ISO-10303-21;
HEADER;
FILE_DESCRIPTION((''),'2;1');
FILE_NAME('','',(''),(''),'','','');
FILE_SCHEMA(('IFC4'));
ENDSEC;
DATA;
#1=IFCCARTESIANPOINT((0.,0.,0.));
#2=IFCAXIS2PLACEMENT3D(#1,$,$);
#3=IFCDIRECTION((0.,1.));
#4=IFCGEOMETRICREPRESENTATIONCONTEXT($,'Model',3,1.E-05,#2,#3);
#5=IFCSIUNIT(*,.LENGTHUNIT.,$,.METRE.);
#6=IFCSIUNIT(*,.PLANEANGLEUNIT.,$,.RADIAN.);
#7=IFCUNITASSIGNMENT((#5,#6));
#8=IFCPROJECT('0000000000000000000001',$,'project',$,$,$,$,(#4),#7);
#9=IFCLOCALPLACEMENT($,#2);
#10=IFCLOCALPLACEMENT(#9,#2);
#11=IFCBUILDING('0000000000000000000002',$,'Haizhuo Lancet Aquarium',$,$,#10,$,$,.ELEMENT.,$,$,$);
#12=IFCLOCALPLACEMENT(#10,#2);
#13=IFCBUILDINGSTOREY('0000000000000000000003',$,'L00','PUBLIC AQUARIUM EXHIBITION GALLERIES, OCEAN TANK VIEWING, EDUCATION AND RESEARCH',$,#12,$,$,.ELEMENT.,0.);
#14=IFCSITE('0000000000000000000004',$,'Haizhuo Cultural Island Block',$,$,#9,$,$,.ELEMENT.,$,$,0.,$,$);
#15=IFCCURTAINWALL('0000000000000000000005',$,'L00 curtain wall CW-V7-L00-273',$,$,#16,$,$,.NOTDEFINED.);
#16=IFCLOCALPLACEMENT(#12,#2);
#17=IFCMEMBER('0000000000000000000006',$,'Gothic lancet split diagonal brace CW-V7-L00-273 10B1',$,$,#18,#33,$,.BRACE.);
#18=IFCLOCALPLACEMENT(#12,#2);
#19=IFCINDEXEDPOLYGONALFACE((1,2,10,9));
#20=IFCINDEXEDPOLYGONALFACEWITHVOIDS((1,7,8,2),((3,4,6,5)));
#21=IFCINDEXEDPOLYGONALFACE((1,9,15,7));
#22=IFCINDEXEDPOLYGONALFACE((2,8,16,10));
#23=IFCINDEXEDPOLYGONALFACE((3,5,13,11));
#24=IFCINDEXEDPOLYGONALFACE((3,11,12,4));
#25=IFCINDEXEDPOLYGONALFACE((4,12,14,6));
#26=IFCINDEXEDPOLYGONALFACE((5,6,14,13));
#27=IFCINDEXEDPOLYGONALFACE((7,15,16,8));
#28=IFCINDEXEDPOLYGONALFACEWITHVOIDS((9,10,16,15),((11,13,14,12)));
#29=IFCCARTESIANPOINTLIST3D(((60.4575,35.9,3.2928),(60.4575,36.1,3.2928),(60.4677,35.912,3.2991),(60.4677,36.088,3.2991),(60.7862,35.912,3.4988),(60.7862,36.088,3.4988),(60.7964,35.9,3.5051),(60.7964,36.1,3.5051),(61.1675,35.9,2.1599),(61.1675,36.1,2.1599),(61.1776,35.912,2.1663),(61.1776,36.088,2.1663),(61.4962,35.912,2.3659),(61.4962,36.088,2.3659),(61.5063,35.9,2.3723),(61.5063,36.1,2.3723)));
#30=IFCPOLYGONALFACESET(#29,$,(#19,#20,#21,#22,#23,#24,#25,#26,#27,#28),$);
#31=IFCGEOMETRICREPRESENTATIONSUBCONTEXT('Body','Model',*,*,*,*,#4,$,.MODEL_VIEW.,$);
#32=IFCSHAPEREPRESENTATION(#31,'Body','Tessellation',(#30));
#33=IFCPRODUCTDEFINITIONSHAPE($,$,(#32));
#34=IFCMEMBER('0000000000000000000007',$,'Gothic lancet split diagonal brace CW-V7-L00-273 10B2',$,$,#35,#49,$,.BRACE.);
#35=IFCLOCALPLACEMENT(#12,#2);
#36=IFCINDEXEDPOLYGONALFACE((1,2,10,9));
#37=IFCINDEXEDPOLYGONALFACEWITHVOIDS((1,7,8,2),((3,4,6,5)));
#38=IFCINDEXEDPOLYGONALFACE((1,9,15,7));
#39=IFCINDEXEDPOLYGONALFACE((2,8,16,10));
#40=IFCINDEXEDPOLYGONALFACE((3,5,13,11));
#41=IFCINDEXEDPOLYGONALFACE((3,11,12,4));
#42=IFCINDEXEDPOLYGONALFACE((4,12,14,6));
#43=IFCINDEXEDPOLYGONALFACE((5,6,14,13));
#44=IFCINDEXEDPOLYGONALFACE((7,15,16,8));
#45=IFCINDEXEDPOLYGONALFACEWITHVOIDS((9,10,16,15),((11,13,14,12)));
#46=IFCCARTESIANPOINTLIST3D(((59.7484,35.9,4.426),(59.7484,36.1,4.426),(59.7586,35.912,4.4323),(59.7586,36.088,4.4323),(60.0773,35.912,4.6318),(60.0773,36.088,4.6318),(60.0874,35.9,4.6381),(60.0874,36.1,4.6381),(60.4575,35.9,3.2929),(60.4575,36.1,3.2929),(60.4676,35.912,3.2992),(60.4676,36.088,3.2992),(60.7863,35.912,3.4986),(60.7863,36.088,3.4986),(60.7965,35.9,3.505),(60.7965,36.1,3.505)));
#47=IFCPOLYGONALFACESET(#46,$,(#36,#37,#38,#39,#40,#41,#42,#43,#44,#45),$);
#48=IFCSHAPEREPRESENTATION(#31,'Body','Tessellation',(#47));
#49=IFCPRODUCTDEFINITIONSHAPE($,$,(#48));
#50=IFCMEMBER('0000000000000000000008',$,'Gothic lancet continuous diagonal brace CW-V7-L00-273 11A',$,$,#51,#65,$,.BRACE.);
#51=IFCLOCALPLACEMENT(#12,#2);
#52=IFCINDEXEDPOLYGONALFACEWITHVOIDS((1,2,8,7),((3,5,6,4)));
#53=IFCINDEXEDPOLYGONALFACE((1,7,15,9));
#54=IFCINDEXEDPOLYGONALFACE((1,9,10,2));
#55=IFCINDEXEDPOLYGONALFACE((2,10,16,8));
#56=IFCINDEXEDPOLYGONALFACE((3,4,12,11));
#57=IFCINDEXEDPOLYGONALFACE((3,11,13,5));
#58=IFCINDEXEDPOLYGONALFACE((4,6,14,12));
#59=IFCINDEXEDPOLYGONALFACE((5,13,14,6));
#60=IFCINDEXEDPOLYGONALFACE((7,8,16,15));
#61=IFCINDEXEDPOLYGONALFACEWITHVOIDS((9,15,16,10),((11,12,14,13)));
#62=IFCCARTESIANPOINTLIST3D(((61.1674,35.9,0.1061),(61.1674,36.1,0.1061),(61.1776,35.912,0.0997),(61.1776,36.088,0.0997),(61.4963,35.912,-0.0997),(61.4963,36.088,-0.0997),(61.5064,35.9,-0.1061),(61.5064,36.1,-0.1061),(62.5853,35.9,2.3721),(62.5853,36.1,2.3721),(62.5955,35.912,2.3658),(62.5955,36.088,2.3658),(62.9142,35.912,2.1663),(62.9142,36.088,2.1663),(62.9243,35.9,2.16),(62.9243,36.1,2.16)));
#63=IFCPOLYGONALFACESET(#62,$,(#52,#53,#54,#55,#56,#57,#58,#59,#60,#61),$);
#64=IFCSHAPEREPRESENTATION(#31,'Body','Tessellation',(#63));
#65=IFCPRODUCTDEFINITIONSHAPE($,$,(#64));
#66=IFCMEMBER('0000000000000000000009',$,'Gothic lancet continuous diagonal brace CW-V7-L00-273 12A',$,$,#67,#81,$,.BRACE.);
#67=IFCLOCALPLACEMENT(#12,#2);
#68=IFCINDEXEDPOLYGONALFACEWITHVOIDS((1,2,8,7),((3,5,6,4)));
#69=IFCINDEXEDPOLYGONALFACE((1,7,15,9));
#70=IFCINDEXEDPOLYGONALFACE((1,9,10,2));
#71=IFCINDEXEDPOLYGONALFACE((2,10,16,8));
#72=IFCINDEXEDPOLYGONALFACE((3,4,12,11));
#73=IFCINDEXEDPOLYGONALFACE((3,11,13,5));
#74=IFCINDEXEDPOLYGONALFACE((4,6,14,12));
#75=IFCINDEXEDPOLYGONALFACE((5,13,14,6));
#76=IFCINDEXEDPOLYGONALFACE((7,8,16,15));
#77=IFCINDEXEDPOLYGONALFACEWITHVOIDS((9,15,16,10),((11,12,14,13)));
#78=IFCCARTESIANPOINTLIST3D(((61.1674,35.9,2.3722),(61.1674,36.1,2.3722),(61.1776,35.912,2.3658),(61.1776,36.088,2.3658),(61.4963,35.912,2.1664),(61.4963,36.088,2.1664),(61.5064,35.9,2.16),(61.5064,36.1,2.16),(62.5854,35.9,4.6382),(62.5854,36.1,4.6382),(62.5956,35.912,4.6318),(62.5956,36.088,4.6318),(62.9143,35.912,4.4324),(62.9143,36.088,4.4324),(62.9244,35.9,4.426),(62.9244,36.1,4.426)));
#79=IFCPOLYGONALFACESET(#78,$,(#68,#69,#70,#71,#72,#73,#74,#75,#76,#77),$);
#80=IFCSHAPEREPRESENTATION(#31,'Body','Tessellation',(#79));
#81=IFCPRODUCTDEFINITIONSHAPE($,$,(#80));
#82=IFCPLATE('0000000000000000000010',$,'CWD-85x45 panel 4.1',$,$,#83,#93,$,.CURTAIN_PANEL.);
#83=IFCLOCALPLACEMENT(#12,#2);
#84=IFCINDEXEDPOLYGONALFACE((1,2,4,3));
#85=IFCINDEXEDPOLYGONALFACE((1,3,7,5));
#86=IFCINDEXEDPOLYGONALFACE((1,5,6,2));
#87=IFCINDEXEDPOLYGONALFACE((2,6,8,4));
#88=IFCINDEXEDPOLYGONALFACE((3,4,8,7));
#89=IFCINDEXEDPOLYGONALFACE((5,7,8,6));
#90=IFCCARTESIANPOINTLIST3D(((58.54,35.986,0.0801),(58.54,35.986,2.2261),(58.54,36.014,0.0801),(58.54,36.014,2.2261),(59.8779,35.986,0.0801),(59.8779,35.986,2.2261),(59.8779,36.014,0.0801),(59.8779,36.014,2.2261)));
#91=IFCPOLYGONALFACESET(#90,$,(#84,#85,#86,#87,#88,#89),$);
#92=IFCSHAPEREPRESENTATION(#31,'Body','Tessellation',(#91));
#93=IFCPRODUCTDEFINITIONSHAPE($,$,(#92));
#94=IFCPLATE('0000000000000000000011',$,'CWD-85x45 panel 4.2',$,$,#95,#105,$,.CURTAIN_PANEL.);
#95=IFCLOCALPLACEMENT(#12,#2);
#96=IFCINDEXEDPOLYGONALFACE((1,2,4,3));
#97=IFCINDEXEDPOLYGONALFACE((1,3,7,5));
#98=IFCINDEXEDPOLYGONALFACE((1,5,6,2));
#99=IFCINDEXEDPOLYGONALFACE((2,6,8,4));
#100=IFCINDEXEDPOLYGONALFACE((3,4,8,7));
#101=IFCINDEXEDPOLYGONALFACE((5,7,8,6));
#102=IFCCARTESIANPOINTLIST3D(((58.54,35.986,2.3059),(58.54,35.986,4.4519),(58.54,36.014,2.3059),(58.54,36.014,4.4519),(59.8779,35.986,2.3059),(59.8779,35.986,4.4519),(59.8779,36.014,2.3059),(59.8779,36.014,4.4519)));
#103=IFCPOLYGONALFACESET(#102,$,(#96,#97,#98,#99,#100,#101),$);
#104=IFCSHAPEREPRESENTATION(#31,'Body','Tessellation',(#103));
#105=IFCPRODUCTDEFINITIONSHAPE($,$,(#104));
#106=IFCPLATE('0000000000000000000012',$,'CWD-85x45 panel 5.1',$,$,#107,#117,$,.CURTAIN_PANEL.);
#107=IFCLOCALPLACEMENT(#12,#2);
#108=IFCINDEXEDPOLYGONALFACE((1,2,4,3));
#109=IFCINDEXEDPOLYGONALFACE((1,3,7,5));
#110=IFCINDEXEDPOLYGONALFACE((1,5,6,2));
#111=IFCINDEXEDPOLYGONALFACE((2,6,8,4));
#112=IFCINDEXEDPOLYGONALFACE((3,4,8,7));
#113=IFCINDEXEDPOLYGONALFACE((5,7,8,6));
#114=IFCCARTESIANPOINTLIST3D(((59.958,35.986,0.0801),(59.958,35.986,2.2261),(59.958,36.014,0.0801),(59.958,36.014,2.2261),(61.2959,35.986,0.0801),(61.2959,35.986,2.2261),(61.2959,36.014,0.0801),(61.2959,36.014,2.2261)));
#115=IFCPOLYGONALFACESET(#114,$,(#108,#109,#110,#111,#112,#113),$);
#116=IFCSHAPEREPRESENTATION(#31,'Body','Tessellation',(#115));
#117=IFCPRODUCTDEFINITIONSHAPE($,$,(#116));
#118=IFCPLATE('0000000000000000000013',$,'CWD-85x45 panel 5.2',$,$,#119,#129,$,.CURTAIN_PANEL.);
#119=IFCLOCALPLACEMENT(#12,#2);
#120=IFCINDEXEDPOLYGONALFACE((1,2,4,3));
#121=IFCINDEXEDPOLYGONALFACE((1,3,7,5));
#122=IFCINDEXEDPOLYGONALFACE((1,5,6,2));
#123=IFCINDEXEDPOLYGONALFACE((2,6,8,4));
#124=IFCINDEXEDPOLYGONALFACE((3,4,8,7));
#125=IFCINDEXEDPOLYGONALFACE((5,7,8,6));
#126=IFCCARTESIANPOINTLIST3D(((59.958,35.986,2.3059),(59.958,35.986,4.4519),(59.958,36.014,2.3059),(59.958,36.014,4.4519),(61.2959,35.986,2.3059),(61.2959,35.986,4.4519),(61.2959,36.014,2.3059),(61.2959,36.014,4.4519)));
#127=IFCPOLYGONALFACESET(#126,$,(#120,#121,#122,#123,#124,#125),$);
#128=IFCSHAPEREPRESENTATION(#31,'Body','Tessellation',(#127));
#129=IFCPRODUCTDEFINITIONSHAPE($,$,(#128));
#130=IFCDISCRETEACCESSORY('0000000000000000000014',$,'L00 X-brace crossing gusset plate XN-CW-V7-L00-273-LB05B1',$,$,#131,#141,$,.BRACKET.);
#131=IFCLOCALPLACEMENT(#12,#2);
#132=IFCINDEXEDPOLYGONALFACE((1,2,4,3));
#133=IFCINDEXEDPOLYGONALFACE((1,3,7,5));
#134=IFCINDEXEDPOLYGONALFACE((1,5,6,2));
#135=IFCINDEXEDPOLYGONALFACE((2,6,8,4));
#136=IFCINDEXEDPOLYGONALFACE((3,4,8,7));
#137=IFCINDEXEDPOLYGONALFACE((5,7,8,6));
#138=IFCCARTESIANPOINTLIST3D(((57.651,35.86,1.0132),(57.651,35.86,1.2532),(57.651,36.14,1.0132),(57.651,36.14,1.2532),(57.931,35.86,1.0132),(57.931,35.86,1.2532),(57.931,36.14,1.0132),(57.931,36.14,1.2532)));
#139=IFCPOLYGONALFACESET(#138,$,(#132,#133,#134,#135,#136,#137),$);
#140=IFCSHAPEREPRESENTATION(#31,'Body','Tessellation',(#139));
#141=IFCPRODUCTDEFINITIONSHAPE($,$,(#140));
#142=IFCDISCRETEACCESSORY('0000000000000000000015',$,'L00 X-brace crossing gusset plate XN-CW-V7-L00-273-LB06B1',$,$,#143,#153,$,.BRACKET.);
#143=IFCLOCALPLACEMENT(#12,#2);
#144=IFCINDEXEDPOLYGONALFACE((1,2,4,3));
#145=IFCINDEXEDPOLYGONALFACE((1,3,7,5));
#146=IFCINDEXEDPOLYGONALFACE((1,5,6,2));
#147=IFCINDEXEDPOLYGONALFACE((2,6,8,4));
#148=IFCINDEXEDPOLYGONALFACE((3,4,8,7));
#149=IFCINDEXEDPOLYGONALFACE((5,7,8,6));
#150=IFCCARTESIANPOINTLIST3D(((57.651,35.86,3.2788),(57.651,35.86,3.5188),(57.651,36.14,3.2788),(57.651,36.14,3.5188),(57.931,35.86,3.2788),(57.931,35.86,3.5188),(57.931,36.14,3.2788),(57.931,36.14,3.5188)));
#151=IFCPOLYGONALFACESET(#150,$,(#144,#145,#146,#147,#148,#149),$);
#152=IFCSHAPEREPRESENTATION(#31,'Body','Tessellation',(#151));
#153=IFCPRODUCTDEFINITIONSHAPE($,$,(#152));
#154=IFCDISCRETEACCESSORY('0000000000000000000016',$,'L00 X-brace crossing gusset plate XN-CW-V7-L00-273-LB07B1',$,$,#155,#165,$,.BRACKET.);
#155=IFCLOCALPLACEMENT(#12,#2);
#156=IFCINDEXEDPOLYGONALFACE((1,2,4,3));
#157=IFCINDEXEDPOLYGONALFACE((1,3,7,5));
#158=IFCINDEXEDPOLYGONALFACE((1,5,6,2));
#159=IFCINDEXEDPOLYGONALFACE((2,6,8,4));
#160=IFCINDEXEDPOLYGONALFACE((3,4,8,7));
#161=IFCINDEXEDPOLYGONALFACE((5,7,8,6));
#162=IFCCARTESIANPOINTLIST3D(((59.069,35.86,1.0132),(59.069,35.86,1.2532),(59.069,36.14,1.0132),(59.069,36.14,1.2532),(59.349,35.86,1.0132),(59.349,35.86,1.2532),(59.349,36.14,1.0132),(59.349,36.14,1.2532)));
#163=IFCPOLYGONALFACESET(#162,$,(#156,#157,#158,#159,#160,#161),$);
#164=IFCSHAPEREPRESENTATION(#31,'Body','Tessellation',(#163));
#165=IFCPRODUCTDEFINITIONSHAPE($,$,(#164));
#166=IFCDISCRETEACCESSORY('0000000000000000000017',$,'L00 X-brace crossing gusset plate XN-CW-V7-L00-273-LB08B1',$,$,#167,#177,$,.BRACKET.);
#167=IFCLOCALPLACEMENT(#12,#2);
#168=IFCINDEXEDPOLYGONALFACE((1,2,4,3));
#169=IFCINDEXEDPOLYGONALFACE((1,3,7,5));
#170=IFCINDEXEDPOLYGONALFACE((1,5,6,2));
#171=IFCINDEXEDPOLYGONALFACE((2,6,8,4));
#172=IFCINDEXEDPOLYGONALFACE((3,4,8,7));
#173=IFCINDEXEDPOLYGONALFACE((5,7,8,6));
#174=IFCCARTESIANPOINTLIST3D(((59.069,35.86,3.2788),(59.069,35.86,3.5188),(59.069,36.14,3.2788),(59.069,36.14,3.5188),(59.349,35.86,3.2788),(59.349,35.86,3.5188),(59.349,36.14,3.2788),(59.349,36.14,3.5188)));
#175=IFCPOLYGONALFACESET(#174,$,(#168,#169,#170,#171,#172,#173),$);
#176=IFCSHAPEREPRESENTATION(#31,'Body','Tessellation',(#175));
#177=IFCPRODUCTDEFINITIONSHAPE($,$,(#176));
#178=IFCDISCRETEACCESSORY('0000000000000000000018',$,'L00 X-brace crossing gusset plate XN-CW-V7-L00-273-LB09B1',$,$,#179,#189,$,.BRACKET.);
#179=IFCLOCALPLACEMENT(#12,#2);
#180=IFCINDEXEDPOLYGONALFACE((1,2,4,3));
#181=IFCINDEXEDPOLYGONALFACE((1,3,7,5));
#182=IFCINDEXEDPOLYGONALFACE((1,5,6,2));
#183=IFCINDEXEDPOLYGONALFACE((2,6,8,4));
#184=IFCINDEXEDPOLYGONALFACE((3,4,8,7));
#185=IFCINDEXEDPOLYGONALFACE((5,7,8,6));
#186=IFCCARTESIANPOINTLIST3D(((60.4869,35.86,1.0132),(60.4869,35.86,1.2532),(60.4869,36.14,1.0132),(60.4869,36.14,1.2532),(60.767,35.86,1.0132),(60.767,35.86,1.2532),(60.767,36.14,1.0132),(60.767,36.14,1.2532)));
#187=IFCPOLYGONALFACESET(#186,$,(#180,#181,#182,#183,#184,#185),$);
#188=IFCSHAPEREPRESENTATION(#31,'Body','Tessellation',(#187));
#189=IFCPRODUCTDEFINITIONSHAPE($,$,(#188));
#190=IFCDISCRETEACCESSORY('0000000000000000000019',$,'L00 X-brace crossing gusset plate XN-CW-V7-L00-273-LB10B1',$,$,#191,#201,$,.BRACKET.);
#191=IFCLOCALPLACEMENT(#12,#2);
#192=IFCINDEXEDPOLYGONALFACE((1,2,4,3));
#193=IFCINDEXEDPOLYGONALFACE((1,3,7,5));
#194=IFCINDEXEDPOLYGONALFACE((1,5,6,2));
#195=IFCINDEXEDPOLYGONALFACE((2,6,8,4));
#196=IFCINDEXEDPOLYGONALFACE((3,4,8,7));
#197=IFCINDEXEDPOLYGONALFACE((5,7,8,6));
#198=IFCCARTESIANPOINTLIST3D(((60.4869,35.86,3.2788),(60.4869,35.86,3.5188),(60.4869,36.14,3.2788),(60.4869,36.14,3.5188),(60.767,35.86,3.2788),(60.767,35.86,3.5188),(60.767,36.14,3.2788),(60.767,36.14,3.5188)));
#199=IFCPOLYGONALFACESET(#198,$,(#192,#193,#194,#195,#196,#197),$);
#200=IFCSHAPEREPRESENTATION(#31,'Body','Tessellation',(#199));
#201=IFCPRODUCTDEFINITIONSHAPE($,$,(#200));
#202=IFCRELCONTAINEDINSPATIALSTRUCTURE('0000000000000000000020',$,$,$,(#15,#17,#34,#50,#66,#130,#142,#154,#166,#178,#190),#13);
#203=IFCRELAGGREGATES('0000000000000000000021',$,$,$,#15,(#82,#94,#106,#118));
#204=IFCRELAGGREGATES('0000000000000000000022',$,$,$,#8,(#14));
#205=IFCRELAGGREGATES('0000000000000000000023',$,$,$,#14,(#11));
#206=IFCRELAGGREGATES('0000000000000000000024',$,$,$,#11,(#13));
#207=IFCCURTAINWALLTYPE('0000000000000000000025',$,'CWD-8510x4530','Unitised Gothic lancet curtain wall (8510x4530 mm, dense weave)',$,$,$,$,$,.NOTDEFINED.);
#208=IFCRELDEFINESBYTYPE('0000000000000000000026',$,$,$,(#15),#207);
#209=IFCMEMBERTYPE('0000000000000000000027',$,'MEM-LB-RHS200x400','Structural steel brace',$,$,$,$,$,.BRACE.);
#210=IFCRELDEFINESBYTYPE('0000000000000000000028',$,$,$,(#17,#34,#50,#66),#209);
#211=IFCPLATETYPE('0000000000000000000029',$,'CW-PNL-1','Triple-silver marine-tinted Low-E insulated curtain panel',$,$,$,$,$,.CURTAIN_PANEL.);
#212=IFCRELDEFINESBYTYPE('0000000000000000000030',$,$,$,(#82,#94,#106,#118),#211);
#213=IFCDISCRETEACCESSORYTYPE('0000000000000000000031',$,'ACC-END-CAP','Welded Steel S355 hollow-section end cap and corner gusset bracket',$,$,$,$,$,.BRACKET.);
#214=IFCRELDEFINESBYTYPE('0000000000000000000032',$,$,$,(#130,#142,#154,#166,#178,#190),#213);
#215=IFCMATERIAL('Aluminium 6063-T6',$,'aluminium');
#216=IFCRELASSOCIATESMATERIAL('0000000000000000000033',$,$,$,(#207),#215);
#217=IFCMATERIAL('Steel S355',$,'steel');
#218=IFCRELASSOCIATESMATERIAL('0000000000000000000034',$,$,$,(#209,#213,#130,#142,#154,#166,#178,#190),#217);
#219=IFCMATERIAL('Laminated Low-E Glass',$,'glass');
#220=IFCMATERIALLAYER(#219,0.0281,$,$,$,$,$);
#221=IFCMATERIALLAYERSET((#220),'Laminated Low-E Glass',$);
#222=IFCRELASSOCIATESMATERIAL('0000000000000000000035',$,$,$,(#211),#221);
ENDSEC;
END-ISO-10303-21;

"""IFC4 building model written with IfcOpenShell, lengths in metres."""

from ifc_helpers import new_model, si_unit, direction, frame, origin, origin_2d, place, context, subcontext, project, spatial, rectangle, hollow_rectangle, extrude, material, layer, layer_set, material_profile, profile_set, type_object, element, aggregate, save


model = new_model("IFC4")

# Units and contexts
model_context = context("Model", 3, precision=1e-05, world=origin(), true_north=direction((0.0, 1.0)))
body_context = subcontext(model_context, "Body", "Model", "MODEL_VIEW")
ifc_project = project(units=[si_unit("LENGTHUNIT", "METRE"), si_unit("PLANEANGLEUNIT", "RADIAN")], contexts=[model_context])

# Site, building, storey
site_placement = place(None, origin())
site = spatial("IfcSite", under=ifc_project, at=site_placement, Name="Haizhuo Cultural Island Block", CompositionType="ELEMENT", RefElevation=0.0)
building_placement = place(site_placement, origin())
building = spatial("IfcBuilding", under=site, at=building_placement, Name="Haizhuo Lancet Aquarium", CompositionType="ELEMENT")
storey_placement = place(building_placement, origin())
storey = spatial("IfcBuildingStorey", under=building, at=storey_placement, Name="L00", Description="PUBLIC AQUARIUM EXHIBITION GALLERIES, OCEAN TANK VIEWING, EDUCATION AND RESEARCH", CompositionType="ELEMENT", Elevation=0.0)

# Curtain wall
ifc_material_1 = material(Name="Aluminium 6063-T6", Category="aluminium")
curtain_wall_type = type_object("IfcCurtainWallType", Name="CWD-8510x4530", Description="Unitised Gothic lancet curtain wall (8510x4530 mm, dense weave)", PredefinedType="NOTDEFINED", material=ifc_material_1)
curtain_wall_placement = place(storey_placement, origin())
curtain_wall = element("IfcCurtainWall", 1, at=curtain_wall_placement, inside=storey, type_object=curtain_wall_type, Name="L00 curtain wall CW-V7-L00-273", PredefinedType="NOTDEFINED")

# Members
ifc_material_2 = material(Name="Steel S355", Category="steel")
ifc_material_profile_1 = material_profile(ifc_material_2, hollow_rectangle(XDim=0.2, YDim=0.3999, WallThickness=0.012, at=origin_2d()), Name="RHS 200x400x12")
ifc_profile_set_1 = profile_set([ifc_material_profile_1], Name="Steel S355")
member_type_1 = type_object("IfcMemberType", Name="MEM-LB-RHS200x400", Description="Structural steel brace", PredefinedType="BRACE", material=ifc_profile_set_1)
member_1_placement = place(storey_placement, frame((61.3369, 36.0, 2.2661), z_axis=(-0.531049, 0.0, 0.847341), x_axis=(0.0, -1.0, 0.0)))
element("IfcMember", 2, at=member_1_placement, inside=storey, type_object=member_type_1, Name="Gothic lancet split diagonal brace CW-V7-L00-273 10B1", PredefinedType="BRACE", context=body_context, shape_type="SweptSolid", body=[
    extrude(hollow_rectangle(XDim=0.2, YDim=0.3999, WallThickness=0.012, at=origin_2d()), origin(), (0.0, 0.0, 1.0), 1.3369),
])
member_2_placement = place(storey_placement, frame((60.627, 36.0, 3.3989), z_axis=(-0.530442, 0.0, 0.847721), x_axis=(0.0, -1.0, 0.0)))
element("IfcMember", 3, at=member_2_placement, inside=storey, type_object=member_type_1, Name="Gothic lancet split diagonal brace CW-V7-L00-273 10B2", PredefinedType="BRACE", context=body_context, shape_type="SweptSolid", body=[
    extrude(hollow_rectangle(XDim=0.2, YDim=0.3999, WallThickness=0.012, at=origin_2d()), origin(), (0.0, 0.0, 1.0), 1.3367),
])
for number, where, z_axis, x_axis, name in (
    (4, (61.3369, 36.0, 0.0), (0.530442, 0.0, 0.847721), (0.0, 1.0, 0.0), "Gothic lancet continuous diagonal brace CW-V7-L00-273 11A"),
    (5, (61.3369, 36.0, 2.2661), (0.530483, 0.0, 0.847695), (0.0, 1.0, 0.0), "Gothic lancet continuous diagonal brace CW-V7-L00-273 12A"),
):
    element("IfcMember", number, at=place(storey_placement, frame(where, z_axis=z_axis, x_axis=x_axis)), inside=storey, type_object=member_type_1, Name=name, PredefinedType="BRACE", context=body_context, shape_type="SweptSolid", body=[
        extrude(hollow_rectangle(XDim=0.2, YDim=0.3999, WallThickness=0.012, at=origin_2d()), origin(), (0.0, 0.0, 1.0), 2.6731),
    ])

# Plates
ifc_material_3 = material(Name="Laminated Low-E Glass", Category="glass")
ifc_layer = layer(ifc_material_3, 0.0281)
ifc_layer_set = layer_set([ifc_layer], Name="Laminated Low-E Glass")
plate_type = type_object("IfcPlateType", Name="CW-PNL-1", Description="Triple-silver marine-tinted Low-E insulated curtain panel", PredefinedType="CURTAIN_PANEL", material=ifc_layer_set)
plate_1_placement = place(storey_placement, frame((59.209, 36.0, 0.0801), z_axis=(0.0, 0.0, 1.0), x_axis=(1.0, 0.0, 0.0)))
plate_1 = element("IfcPlate", 6, at=plate_1_placement, type_object=plate_type, Name="CWD-85x45 panel 4.1", PredefinedType="CURTAIN_PANEL", context=body_context, shape_type="SweptSolid", body=[
    extrude(rectangle(XDim=1.3379, YDim=0.0281, at=origin_2d()), origin(), (0.0, 0.0, 1.0), 2.146),
])
plate_2_placement = place(storey_placement, frame((59.209, 36.0, 2.3059), z_axis=(0.0, 0.0, 1.0), x_axis=(1.0, 0.0, 0.0)))
plate_2 = element("IfcPlate", 7, at=plate_2_placement, type_object=plate_type, Name="CWD-85x45 panel 4.2", PredefinedType="CURTAIN_PANEL", context=body_context, shape_type="SweptSolid", body=[
    extrude(rectangle(XDim=1.3379, YDim=0.0281, at=origin_2d()), origin(), (0.0, 0.0, 1.0), 2.146),
])
plate_3_placement = place(storey_placement, frame((60.627, 36.0, 0.0801), z_axis=(0.0, 0.0, 1.0), x_axis=(1.0, 0.0, 0.0)))
plate_3 = element("IfcPlate", 8, at=plate_3_placement, type_object=plate_type, Name="CWD-85x45 panel 5.1", PredefinedType="CURTAIN_PANEL", context=body_context, shape_type="SweptSolid", body=[
    extrude(rectangle(XDim=1.3379, YDim=0.0281, at=origin_2d()), origin(), (0.0, 0.0, 1.0), 2.146),
])
plate_4_placement = place(storey_placement, frame((60.627, 36.0, 2.3059), z_axis=(0.0, 0.0, 1.0), x_axis=(1.0, 0.0, 0.0)))
plate_4 = element("IfcPlate", 9, at=plate_4_placement, type_object=plate_type, Name="CWD-85x45 panel 5.2", PredefinedType="CURTAIN_PANEL", context=body_context, shape_type="SweptSolid", body=[
    extrude(rectangle(XDim=1.3379, YDim=0.0281, at=origin_2d()), origin(), (0.0, 0.0, 1.0), 2.146),
])
aggregate(curtain_wall, [plate_1, plate_2, plate_3, plate_4])

# Discrete accessories
discrete_accessory_type = type_object("IfcDiscreteAccessoryType", Name="ACC-END-CAP", Description="Welded Steel S355 hollow-section end cap and corner gusset bracket", PredefinedType="BRACKET", material=ifc_material_2)
for number, where, z_axis, x_axis, name in (
    (10, (57.791, 36.0, 1.0132), (0.0, 0.0, 1.0), (1.0, 0.0, 0.0), "L00 X-brace crossing gusset plate XN-CW-V7-L00-273-LB05B1"),
    (11, (57.791, 36.0, 3.2788), (0.0, 0.0, 1.0), (1.0, 0.0, 0.0), "L00 X-brace crossing gusset plate XN-CW-V7-L00-273-LB06B1"),
    (12, (59.209, 36.0, 1.0132), (0.0, 0.0, 1.0), (1.0, 0.0, 0.0), "L00 X-brace crossing gusset plate XN-CW-V7-L00-273-LB07B1"),
    (13, (59.209, 36.0, 3.2788), (0.0, 0.0, 1.0), (1.0, 0.0, 0.0), "L00 X-brace crossing gusset plate XN-CW-V7-L00-273-LB08B1"),
    (14, (60.627, 36.0, 1.0132), (0.0, 0.0, 1.0), (1.0, 0.0, 0.0), "L00 X-brace crossing gusset plate XN-CW-V7-L00-273-LB09B1"),
    (15, (60.627, 36.0, 3.2788), (0.0, 0.0, 1.0), (1.0, 0.0, 0.0), "L00 X-brace crossing gusset plate XN-CW-V7-L00-273-LB10B1"),
):
    element("IfcDiscreteAccessory", number, at=place(storey_placement, frame(where, z_axis=z_axis, x_axis=x_axis)), inside=storey, type_object=discrete_accessory_type, material=ifc_material_2, Name=name, PredefinedType="BRACKET", context=body_context, shape_type="SweptSolid", body=[
        extrude(rectangle(XDim=0.28, YDim=0.28, at=origin_2d()), origin(), (0.0, 0.0, 1.0), 0.24),
    ])

save(model, "model.ifc")
